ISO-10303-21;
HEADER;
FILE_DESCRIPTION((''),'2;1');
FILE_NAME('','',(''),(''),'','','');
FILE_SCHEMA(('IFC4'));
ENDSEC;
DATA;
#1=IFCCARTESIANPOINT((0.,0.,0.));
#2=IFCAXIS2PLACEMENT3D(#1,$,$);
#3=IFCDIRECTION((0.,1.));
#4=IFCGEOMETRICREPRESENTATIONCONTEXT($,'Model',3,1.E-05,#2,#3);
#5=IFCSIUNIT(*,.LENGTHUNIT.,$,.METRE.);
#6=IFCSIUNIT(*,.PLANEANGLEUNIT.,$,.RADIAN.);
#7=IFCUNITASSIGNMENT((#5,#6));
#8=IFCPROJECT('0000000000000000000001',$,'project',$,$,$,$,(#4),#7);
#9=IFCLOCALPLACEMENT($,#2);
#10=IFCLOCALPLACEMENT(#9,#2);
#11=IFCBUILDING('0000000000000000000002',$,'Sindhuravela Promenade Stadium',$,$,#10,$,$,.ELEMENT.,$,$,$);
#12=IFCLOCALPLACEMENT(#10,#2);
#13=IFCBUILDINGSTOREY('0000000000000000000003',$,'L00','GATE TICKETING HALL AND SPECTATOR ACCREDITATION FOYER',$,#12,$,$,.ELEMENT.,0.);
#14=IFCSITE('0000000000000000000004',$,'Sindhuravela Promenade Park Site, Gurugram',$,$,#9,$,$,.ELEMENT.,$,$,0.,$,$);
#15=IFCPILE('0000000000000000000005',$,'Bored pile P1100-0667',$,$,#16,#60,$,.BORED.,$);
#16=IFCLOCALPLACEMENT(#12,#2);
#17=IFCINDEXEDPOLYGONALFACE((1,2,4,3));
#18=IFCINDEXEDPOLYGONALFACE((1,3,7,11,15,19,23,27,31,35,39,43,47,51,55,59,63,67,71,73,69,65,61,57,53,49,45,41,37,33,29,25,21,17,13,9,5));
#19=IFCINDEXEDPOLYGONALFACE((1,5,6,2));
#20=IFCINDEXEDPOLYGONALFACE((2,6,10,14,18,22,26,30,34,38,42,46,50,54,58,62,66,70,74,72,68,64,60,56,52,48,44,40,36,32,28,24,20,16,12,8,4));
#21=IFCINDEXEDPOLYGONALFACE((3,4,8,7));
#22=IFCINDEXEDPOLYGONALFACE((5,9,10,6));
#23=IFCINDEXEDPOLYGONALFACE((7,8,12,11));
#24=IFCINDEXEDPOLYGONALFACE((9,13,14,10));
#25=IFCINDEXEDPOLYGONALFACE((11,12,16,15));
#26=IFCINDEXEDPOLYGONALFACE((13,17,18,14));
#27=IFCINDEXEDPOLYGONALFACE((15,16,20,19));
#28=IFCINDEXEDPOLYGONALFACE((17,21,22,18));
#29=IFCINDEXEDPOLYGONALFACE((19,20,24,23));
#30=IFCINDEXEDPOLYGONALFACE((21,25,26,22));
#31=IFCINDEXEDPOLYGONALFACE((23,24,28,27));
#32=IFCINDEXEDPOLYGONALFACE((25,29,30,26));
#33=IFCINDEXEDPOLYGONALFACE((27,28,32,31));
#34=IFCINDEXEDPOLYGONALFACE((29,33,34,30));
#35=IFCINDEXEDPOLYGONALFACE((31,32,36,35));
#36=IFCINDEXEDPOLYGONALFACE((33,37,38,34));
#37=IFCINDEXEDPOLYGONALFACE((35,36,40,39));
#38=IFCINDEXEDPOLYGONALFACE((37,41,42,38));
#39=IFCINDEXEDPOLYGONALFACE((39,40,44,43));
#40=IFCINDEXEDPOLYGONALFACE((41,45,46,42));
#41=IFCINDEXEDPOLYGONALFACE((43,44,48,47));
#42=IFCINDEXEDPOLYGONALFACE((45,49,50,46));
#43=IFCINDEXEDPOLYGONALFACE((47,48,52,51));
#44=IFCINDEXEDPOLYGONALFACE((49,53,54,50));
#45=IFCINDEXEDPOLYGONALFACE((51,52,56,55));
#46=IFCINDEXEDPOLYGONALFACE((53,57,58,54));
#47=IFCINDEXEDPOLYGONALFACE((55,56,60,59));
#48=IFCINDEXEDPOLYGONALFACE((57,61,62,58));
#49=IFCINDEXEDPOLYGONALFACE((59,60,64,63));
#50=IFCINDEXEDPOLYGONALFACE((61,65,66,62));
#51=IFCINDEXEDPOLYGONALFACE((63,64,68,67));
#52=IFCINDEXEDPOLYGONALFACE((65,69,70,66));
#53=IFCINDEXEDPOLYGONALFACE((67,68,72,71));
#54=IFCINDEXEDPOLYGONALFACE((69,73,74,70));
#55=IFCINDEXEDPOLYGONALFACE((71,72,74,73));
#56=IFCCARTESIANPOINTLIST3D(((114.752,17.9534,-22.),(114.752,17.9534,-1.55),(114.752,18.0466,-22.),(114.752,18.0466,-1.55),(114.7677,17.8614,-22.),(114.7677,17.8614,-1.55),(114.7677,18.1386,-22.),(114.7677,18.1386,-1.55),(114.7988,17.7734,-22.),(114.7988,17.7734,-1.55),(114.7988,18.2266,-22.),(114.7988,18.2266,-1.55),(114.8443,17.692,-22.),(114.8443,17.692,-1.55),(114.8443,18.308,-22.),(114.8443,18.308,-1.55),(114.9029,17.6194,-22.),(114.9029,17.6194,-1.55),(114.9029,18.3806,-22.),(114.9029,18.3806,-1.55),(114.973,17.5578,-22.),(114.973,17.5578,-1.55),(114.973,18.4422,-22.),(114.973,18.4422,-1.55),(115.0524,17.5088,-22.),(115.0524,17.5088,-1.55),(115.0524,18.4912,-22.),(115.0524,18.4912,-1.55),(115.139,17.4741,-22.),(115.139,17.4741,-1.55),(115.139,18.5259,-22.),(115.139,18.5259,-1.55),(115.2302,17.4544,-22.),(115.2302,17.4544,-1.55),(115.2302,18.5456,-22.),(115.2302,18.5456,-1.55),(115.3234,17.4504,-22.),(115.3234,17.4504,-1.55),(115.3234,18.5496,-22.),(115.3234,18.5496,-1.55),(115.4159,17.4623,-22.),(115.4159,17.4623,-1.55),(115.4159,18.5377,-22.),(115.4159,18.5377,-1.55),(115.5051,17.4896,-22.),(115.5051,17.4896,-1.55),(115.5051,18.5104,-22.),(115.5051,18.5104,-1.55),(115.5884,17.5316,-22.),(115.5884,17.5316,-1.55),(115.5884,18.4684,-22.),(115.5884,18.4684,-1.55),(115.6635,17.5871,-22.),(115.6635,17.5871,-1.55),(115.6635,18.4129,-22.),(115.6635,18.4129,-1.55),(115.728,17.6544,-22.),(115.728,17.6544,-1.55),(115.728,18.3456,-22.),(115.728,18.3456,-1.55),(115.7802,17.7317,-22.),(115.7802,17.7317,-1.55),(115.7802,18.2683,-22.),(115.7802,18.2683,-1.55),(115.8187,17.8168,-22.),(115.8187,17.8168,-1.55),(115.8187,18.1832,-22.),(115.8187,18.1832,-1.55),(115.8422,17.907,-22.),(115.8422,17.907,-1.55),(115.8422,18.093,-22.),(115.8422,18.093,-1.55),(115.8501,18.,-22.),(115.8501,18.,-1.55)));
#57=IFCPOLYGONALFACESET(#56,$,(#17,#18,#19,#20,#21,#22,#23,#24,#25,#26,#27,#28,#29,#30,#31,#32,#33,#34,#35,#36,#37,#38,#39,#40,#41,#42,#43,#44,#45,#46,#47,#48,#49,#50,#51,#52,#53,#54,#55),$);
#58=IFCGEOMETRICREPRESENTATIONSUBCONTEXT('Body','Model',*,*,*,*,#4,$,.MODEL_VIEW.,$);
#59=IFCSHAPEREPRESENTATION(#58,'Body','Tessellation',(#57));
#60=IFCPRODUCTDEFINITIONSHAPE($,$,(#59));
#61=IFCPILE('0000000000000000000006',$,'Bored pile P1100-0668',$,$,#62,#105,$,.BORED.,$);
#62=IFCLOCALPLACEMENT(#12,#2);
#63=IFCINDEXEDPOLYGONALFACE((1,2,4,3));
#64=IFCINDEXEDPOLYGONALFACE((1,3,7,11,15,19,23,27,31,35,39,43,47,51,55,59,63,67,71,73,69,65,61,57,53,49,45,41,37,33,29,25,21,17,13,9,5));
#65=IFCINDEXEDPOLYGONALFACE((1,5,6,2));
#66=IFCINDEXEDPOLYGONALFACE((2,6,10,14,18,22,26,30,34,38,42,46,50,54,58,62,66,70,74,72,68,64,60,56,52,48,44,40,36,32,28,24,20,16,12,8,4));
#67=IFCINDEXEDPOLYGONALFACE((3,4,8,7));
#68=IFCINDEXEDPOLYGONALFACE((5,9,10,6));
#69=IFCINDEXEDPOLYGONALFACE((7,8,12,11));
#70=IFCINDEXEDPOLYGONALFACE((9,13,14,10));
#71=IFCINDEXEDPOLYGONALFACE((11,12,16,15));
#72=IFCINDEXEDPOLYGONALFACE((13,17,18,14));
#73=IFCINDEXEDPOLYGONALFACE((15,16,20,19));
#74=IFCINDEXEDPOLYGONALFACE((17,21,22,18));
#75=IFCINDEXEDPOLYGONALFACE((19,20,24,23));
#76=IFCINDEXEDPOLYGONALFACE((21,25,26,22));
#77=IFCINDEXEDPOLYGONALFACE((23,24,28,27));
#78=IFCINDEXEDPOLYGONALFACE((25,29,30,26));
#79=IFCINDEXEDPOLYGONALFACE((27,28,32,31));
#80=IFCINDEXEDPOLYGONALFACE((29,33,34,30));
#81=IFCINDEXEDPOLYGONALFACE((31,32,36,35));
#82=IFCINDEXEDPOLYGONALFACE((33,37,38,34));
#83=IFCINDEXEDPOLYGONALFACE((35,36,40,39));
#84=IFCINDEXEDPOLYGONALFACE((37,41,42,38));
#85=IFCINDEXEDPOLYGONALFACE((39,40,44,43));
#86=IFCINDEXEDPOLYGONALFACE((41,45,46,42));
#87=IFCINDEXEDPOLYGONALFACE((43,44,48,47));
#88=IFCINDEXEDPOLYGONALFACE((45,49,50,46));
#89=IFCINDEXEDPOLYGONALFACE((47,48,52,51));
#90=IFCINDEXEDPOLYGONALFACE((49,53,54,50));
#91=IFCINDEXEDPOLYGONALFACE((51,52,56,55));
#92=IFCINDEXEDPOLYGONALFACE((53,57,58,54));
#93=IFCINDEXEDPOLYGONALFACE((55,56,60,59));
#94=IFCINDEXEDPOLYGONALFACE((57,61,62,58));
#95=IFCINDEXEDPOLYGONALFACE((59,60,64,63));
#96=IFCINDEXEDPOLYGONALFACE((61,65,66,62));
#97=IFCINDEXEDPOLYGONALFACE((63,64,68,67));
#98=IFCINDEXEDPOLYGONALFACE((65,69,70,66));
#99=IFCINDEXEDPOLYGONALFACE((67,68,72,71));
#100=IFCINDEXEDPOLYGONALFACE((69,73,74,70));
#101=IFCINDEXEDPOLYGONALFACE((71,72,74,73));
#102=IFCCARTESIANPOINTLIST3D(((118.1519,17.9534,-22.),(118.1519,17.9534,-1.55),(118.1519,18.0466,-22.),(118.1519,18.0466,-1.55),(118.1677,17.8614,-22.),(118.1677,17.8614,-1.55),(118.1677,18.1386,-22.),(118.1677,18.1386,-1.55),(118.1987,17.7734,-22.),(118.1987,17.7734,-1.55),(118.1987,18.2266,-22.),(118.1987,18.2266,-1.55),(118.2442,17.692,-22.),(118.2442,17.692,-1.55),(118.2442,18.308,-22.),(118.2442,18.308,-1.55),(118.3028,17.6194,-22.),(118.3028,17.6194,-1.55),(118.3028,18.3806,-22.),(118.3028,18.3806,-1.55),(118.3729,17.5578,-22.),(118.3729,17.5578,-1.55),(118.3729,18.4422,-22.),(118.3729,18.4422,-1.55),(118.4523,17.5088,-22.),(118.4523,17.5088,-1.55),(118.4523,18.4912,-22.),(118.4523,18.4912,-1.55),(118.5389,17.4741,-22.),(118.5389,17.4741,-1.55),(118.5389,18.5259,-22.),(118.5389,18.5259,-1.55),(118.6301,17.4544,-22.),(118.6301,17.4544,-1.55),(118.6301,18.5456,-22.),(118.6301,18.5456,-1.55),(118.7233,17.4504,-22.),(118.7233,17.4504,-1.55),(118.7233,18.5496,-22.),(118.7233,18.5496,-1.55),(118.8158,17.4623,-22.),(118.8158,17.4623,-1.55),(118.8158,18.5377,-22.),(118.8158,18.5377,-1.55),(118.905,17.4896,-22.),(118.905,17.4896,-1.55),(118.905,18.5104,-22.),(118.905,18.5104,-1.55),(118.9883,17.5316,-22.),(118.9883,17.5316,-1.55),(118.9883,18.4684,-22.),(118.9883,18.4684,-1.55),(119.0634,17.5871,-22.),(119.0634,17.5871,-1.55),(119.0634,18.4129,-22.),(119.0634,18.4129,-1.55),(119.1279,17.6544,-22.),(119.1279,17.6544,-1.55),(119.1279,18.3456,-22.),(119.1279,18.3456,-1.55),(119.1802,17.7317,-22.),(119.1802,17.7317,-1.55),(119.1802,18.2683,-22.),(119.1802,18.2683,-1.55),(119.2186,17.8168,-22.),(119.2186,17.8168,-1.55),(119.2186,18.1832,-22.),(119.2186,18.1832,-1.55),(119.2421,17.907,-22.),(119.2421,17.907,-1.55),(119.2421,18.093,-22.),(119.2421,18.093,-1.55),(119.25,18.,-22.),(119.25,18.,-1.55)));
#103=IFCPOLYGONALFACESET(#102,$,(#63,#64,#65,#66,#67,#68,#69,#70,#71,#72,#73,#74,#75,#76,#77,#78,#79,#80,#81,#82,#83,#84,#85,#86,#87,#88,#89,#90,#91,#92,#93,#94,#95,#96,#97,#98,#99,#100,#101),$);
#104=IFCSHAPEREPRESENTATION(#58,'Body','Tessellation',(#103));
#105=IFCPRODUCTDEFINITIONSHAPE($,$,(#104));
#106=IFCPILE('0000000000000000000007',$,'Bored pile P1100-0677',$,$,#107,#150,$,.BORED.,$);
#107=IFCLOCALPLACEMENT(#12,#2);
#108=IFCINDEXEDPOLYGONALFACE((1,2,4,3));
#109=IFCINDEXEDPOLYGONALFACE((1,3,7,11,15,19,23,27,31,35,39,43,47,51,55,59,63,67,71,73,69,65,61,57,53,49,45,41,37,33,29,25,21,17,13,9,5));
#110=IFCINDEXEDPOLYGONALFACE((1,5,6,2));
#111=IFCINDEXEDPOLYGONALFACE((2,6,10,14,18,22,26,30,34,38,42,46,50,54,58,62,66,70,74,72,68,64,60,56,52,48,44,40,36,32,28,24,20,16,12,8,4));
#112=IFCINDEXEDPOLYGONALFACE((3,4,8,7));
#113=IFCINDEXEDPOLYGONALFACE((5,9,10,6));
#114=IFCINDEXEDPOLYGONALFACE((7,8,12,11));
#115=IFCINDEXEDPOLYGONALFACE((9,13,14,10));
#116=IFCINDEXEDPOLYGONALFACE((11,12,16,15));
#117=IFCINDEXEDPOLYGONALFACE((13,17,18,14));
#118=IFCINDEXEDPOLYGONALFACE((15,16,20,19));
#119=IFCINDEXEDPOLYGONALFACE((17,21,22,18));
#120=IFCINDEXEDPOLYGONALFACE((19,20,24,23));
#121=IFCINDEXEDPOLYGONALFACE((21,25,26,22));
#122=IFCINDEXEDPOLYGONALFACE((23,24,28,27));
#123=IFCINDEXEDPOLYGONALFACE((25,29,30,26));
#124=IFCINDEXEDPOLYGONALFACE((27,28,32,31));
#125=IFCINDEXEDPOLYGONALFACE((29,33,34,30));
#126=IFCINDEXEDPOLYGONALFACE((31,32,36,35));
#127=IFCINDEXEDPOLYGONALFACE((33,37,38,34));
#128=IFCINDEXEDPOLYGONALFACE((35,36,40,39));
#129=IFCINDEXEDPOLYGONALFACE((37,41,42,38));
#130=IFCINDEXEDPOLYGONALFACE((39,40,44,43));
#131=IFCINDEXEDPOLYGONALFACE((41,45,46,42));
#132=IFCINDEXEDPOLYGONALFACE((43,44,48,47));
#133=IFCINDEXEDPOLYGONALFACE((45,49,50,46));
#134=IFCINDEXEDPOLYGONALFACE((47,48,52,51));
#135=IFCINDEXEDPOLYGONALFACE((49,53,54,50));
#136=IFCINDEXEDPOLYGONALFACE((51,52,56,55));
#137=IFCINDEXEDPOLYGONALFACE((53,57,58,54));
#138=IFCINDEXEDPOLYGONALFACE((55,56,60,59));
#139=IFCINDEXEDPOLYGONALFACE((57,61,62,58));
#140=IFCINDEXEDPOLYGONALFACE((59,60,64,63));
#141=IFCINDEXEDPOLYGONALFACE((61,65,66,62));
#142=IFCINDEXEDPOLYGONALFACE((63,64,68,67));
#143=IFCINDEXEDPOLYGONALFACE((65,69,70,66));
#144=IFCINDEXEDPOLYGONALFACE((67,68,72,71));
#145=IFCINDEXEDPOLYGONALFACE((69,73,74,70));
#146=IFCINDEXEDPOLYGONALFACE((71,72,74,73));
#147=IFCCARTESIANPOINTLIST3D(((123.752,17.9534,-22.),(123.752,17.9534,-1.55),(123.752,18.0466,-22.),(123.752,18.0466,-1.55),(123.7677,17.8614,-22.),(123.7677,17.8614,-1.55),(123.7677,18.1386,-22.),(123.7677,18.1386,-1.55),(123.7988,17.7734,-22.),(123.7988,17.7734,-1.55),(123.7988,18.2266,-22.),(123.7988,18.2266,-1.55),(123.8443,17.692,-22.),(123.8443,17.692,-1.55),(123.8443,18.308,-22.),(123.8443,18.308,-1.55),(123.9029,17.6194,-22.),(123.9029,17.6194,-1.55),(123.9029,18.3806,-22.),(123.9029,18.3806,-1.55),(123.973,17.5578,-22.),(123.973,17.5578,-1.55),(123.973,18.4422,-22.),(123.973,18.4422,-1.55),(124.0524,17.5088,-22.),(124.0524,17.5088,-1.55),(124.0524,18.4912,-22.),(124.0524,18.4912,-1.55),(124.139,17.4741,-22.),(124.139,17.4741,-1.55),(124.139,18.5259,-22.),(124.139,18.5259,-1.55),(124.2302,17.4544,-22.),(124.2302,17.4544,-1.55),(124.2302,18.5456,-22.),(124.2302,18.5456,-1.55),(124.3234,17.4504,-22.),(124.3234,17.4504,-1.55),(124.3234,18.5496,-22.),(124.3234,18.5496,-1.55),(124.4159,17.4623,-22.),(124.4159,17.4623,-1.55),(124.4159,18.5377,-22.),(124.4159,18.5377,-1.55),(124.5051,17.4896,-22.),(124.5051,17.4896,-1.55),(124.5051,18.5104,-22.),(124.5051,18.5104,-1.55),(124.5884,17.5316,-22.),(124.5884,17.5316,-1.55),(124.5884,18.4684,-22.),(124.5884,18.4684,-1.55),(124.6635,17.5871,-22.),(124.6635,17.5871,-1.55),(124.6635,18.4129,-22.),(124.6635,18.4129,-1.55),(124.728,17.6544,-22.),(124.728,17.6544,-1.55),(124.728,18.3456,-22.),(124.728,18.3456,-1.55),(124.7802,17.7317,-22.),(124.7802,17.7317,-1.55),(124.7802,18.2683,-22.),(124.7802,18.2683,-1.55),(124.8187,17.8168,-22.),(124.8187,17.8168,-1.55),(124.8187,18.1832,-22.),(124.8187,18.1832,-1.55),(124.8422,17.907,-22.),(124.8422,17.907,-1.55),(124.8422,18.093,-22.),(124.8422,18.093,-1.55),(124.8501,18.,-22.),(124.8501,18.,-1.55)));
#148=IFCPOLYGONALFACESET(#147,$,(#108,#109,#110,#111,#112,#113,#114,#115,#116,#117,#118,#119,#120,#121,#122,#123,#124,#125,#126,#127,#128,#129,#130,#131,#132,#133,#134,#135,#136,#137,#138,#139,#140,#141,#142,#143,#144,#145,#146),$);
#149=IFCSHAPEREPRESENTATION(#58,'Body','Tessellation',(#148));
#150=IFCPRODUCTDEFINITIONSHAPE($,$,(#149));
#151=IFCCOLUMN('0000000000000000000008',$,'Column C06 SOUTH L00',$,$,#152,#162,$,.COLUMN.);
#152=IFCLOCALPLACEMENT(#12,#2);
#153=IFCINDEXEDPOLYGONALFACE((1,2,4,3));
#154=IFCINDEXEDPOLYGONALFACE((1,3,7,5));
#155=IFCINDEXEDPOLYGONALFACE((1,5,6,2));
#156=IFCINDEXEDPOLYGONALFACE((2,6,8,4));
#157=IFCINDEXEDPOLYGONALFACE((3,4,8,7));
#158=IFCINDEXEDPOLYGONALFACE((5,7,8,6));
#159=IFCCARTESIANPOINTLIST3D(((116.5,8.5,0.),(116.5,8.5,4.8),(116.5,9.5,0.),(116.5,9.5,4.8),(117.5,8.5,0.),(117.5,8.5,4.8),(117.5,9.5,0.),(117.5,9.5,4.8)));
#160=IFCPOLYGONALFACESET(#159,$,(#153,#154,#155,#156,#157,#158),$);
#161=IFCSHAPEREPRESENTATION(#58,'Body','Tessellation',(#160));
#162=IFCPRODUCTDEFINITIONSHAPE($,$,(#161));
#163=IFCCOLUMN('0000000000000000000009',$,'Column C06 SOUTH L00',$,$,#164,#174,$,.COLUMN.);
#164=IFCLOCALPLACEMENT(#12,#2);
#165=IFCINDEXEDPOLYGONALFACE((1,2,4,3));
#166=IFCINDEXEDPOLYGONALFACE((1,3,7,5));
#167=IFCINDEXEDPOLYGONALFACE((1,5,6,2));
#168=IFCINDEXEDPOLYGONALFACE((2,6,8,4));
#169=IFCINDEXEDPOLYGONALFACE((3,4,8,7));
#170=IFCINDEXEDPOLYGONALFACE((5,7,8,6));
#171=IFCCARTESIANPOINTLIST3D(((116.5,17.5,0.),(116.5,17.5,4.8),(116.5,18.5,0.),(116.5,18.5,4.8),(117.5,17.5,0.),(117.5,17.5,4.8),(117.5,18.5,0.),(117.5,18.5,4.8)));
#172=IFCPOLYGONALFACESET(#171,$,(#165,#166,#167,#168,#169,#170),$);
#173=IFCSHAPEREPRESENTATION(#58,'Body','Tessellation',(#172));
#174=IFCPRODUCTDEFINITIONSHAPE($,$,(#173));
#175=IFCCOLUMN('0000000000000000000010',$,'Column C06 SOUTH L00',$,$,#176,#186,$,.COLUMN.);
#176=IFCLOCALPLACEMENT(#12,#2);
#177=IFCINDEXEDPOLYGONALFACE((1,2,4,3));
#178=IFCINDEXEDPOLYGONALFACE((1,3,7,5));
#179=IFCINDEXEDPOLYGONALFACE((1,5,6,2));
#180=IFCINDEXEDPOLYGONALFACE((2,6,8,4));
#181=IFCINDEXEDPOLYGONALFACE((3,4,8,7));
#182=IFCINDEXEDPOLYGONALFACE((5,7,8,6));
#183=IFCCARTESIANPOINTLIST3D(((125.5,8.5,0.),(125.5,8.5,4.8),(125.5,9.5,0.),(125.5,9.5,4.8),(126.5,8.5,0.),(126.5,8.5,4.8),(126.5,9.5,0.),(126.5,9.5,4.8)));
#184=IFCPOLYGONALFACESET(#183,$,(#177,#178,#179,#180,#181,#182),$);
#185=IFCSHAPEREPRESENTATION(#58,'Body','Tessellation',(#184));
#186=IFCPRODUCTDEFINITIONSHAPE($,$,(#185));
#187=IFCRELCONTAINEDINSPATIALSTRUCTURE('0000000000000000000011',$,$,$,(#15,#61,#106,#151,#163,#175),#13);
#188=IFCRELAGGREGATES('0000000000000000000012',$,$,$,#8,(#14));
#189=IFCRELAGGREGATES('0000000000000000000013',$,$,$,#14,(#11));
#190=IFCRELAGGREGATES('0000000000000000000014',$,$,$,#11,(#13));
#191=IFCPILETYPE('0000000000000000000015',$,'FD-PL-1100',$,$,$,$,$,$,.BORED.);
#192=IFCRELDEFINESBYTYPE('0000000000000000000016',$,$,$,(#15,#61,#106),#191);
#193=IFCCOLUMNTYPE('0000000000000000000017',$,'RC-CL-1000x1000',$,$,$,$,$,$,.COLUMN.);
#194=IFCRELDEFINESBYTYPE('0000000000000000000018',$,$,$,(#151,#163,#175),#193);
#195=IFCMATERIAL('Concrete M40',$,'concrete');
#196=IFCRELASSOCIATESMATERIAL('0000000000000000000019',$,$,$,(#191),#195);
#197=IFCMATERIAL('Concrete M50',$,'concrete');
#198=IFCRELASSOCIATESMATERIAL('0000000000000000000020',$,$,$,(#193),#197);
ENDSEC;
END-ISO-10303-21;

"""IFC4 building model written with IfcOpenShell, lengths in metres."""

from ifc_helpers import new_model, si_unit, direction, frame, origin, origin_2d, place, context, subcontext, project, spatial, rectangle, circle, extrude, material, material_profile, profile_set, type_object, element, save


model = new_model("IFC4")

# Units and contexts
model_context = context("Model", 3, precision=1e-05, world=origin(), true_north=direction((0.0, 1.0)))
body_context = subcontext(model_context, "Body", "Model", "MODEL_VIEW")
ifc_project = project(units=[si_unit("LENGTHUNIT", "METRE"), si_unit("PLANEANGLEUNIT", "RADIAN")], contexts=[model_context])

# Site, building, storey
site_placement = place(None, origin())
site = spatial("IfcSite", under=ifc_project, at=site_placement, Name="Sindhuravela Promenade Park Site, Gurugram", CompositionType="ELEMENT", RefElevation=0.0)
building_placement = place(site_placement, origin())
building = spatial("IfcBuilding", under=site, at=building_placement, Name="Sindhuravela Promenade Stadium", CompositionType="ELEMENT")
storey_placement = place(building_placement, origin())
storey = spatial("IfcBuildingStorey", under=building, at=storey_placement, Name="L00", Description="GATE TICKETING HALL AND SPECTATOR ACCREDITATION FOYER", CompositionType="ELEMENT", Elevation=0.0)

# Shared definitions
ifc_material_1 = material(Name="Concrete M50", Category="concrete")

# Piles
ifc_material_2 = material(Name="Concrete M40", Category="concrete")
ifc_material_profile_1 = material_profile(ifc_material_2, circle(Radius=0.55, at=origin_2d()), Name="BORED PILE D1100")
ifc_profile_set_1 = profile_set([ifc_material_profile_1], Name="Concrete M40")
pile_type_1 = type_object("IfcPileType", Name="FD-PL-1100", PredefinedType="BORED", material=ifc_profile_set_1)
for number, where, z_axis, x_axis, name in (
    (1, (115.3, 18.0, -1.55), (0.0, 0.0, -1.0), (1.0, 0.0, 0.0), "Bored pile P1100-0667"),
    (2, (118.7, 18.0, -1.55), (0.0, 0.0, -1.0), (1.0, 0.0, 0.0), "Bored pile P1100-0668"),
    (3, (124.3, 18.0, -1.55), (0.0, 0.0, -1.0), (1.0, 0.0, 0.0), "Bored pile P1100-0677"),
):
    element("IfcPile", number, at=place(storey_placement, frame(where, z_axis=z_axis, x_axis=x_axis)), inside=storey, type_object=pile_type_1, Name=name, PredefinedType="BORED", context=body_context, shape_type="SweptSolid", body=[
        extrude(circle(Radius=0.55, at=origin_2d()), origin(), (0.0, 0.0, 1.0), 20.45),
    ])

# Columns
ifc_material_profile_2 = material_profile(ifc_material_1, rectangle(XDim=1.0, YDim=1.0, at=origin_2d()), Name="RC 1000x1000")
ifc_profile_set_2 = profile_set([ifc_material_profile_2], Name="Concrete M50")
column_type = type_object("IfcColumnType", Name="RC-CL-1000x1000", PredefinedType="COLUMN", material=ifc_profile_set_2)
for number, where, z_axis, x_axis, name in (
    (4, (117.0, 9.0, 0.0), (0.0, 0.0, 1.0), (1.0, 0.0, 0.0), "Column C06 SOUTH L00"),
    (5, (117.0, 18.0, 0.0), (0.0, 0.0, 1.0), (1.0, 0.0, 0.0), "Column C06 SOUTH L00"),
    (6, (126.0, 9.0, 0.0), (0.0, 0.0, 1.0), (1.0, 0.0, 0.0), "Column C06 SOUTH L00"),
):
    element("IfcColumn", number, at=place(storey_placement, frame(where, z_axis=z_axis, x_axis=x_axis)), inside=storey, type_object=column_type, Name=name, PredefinedType="COLUMN", context=body_context, shape_type="SweptSolid", body=[
        extrude(rectangle(XDim=1.0, YDim=1.0, at=origin_2d()), origin(), (0.0, 0.0, 1.0), 4.8),
    ])

save(model, "model.ifc")
